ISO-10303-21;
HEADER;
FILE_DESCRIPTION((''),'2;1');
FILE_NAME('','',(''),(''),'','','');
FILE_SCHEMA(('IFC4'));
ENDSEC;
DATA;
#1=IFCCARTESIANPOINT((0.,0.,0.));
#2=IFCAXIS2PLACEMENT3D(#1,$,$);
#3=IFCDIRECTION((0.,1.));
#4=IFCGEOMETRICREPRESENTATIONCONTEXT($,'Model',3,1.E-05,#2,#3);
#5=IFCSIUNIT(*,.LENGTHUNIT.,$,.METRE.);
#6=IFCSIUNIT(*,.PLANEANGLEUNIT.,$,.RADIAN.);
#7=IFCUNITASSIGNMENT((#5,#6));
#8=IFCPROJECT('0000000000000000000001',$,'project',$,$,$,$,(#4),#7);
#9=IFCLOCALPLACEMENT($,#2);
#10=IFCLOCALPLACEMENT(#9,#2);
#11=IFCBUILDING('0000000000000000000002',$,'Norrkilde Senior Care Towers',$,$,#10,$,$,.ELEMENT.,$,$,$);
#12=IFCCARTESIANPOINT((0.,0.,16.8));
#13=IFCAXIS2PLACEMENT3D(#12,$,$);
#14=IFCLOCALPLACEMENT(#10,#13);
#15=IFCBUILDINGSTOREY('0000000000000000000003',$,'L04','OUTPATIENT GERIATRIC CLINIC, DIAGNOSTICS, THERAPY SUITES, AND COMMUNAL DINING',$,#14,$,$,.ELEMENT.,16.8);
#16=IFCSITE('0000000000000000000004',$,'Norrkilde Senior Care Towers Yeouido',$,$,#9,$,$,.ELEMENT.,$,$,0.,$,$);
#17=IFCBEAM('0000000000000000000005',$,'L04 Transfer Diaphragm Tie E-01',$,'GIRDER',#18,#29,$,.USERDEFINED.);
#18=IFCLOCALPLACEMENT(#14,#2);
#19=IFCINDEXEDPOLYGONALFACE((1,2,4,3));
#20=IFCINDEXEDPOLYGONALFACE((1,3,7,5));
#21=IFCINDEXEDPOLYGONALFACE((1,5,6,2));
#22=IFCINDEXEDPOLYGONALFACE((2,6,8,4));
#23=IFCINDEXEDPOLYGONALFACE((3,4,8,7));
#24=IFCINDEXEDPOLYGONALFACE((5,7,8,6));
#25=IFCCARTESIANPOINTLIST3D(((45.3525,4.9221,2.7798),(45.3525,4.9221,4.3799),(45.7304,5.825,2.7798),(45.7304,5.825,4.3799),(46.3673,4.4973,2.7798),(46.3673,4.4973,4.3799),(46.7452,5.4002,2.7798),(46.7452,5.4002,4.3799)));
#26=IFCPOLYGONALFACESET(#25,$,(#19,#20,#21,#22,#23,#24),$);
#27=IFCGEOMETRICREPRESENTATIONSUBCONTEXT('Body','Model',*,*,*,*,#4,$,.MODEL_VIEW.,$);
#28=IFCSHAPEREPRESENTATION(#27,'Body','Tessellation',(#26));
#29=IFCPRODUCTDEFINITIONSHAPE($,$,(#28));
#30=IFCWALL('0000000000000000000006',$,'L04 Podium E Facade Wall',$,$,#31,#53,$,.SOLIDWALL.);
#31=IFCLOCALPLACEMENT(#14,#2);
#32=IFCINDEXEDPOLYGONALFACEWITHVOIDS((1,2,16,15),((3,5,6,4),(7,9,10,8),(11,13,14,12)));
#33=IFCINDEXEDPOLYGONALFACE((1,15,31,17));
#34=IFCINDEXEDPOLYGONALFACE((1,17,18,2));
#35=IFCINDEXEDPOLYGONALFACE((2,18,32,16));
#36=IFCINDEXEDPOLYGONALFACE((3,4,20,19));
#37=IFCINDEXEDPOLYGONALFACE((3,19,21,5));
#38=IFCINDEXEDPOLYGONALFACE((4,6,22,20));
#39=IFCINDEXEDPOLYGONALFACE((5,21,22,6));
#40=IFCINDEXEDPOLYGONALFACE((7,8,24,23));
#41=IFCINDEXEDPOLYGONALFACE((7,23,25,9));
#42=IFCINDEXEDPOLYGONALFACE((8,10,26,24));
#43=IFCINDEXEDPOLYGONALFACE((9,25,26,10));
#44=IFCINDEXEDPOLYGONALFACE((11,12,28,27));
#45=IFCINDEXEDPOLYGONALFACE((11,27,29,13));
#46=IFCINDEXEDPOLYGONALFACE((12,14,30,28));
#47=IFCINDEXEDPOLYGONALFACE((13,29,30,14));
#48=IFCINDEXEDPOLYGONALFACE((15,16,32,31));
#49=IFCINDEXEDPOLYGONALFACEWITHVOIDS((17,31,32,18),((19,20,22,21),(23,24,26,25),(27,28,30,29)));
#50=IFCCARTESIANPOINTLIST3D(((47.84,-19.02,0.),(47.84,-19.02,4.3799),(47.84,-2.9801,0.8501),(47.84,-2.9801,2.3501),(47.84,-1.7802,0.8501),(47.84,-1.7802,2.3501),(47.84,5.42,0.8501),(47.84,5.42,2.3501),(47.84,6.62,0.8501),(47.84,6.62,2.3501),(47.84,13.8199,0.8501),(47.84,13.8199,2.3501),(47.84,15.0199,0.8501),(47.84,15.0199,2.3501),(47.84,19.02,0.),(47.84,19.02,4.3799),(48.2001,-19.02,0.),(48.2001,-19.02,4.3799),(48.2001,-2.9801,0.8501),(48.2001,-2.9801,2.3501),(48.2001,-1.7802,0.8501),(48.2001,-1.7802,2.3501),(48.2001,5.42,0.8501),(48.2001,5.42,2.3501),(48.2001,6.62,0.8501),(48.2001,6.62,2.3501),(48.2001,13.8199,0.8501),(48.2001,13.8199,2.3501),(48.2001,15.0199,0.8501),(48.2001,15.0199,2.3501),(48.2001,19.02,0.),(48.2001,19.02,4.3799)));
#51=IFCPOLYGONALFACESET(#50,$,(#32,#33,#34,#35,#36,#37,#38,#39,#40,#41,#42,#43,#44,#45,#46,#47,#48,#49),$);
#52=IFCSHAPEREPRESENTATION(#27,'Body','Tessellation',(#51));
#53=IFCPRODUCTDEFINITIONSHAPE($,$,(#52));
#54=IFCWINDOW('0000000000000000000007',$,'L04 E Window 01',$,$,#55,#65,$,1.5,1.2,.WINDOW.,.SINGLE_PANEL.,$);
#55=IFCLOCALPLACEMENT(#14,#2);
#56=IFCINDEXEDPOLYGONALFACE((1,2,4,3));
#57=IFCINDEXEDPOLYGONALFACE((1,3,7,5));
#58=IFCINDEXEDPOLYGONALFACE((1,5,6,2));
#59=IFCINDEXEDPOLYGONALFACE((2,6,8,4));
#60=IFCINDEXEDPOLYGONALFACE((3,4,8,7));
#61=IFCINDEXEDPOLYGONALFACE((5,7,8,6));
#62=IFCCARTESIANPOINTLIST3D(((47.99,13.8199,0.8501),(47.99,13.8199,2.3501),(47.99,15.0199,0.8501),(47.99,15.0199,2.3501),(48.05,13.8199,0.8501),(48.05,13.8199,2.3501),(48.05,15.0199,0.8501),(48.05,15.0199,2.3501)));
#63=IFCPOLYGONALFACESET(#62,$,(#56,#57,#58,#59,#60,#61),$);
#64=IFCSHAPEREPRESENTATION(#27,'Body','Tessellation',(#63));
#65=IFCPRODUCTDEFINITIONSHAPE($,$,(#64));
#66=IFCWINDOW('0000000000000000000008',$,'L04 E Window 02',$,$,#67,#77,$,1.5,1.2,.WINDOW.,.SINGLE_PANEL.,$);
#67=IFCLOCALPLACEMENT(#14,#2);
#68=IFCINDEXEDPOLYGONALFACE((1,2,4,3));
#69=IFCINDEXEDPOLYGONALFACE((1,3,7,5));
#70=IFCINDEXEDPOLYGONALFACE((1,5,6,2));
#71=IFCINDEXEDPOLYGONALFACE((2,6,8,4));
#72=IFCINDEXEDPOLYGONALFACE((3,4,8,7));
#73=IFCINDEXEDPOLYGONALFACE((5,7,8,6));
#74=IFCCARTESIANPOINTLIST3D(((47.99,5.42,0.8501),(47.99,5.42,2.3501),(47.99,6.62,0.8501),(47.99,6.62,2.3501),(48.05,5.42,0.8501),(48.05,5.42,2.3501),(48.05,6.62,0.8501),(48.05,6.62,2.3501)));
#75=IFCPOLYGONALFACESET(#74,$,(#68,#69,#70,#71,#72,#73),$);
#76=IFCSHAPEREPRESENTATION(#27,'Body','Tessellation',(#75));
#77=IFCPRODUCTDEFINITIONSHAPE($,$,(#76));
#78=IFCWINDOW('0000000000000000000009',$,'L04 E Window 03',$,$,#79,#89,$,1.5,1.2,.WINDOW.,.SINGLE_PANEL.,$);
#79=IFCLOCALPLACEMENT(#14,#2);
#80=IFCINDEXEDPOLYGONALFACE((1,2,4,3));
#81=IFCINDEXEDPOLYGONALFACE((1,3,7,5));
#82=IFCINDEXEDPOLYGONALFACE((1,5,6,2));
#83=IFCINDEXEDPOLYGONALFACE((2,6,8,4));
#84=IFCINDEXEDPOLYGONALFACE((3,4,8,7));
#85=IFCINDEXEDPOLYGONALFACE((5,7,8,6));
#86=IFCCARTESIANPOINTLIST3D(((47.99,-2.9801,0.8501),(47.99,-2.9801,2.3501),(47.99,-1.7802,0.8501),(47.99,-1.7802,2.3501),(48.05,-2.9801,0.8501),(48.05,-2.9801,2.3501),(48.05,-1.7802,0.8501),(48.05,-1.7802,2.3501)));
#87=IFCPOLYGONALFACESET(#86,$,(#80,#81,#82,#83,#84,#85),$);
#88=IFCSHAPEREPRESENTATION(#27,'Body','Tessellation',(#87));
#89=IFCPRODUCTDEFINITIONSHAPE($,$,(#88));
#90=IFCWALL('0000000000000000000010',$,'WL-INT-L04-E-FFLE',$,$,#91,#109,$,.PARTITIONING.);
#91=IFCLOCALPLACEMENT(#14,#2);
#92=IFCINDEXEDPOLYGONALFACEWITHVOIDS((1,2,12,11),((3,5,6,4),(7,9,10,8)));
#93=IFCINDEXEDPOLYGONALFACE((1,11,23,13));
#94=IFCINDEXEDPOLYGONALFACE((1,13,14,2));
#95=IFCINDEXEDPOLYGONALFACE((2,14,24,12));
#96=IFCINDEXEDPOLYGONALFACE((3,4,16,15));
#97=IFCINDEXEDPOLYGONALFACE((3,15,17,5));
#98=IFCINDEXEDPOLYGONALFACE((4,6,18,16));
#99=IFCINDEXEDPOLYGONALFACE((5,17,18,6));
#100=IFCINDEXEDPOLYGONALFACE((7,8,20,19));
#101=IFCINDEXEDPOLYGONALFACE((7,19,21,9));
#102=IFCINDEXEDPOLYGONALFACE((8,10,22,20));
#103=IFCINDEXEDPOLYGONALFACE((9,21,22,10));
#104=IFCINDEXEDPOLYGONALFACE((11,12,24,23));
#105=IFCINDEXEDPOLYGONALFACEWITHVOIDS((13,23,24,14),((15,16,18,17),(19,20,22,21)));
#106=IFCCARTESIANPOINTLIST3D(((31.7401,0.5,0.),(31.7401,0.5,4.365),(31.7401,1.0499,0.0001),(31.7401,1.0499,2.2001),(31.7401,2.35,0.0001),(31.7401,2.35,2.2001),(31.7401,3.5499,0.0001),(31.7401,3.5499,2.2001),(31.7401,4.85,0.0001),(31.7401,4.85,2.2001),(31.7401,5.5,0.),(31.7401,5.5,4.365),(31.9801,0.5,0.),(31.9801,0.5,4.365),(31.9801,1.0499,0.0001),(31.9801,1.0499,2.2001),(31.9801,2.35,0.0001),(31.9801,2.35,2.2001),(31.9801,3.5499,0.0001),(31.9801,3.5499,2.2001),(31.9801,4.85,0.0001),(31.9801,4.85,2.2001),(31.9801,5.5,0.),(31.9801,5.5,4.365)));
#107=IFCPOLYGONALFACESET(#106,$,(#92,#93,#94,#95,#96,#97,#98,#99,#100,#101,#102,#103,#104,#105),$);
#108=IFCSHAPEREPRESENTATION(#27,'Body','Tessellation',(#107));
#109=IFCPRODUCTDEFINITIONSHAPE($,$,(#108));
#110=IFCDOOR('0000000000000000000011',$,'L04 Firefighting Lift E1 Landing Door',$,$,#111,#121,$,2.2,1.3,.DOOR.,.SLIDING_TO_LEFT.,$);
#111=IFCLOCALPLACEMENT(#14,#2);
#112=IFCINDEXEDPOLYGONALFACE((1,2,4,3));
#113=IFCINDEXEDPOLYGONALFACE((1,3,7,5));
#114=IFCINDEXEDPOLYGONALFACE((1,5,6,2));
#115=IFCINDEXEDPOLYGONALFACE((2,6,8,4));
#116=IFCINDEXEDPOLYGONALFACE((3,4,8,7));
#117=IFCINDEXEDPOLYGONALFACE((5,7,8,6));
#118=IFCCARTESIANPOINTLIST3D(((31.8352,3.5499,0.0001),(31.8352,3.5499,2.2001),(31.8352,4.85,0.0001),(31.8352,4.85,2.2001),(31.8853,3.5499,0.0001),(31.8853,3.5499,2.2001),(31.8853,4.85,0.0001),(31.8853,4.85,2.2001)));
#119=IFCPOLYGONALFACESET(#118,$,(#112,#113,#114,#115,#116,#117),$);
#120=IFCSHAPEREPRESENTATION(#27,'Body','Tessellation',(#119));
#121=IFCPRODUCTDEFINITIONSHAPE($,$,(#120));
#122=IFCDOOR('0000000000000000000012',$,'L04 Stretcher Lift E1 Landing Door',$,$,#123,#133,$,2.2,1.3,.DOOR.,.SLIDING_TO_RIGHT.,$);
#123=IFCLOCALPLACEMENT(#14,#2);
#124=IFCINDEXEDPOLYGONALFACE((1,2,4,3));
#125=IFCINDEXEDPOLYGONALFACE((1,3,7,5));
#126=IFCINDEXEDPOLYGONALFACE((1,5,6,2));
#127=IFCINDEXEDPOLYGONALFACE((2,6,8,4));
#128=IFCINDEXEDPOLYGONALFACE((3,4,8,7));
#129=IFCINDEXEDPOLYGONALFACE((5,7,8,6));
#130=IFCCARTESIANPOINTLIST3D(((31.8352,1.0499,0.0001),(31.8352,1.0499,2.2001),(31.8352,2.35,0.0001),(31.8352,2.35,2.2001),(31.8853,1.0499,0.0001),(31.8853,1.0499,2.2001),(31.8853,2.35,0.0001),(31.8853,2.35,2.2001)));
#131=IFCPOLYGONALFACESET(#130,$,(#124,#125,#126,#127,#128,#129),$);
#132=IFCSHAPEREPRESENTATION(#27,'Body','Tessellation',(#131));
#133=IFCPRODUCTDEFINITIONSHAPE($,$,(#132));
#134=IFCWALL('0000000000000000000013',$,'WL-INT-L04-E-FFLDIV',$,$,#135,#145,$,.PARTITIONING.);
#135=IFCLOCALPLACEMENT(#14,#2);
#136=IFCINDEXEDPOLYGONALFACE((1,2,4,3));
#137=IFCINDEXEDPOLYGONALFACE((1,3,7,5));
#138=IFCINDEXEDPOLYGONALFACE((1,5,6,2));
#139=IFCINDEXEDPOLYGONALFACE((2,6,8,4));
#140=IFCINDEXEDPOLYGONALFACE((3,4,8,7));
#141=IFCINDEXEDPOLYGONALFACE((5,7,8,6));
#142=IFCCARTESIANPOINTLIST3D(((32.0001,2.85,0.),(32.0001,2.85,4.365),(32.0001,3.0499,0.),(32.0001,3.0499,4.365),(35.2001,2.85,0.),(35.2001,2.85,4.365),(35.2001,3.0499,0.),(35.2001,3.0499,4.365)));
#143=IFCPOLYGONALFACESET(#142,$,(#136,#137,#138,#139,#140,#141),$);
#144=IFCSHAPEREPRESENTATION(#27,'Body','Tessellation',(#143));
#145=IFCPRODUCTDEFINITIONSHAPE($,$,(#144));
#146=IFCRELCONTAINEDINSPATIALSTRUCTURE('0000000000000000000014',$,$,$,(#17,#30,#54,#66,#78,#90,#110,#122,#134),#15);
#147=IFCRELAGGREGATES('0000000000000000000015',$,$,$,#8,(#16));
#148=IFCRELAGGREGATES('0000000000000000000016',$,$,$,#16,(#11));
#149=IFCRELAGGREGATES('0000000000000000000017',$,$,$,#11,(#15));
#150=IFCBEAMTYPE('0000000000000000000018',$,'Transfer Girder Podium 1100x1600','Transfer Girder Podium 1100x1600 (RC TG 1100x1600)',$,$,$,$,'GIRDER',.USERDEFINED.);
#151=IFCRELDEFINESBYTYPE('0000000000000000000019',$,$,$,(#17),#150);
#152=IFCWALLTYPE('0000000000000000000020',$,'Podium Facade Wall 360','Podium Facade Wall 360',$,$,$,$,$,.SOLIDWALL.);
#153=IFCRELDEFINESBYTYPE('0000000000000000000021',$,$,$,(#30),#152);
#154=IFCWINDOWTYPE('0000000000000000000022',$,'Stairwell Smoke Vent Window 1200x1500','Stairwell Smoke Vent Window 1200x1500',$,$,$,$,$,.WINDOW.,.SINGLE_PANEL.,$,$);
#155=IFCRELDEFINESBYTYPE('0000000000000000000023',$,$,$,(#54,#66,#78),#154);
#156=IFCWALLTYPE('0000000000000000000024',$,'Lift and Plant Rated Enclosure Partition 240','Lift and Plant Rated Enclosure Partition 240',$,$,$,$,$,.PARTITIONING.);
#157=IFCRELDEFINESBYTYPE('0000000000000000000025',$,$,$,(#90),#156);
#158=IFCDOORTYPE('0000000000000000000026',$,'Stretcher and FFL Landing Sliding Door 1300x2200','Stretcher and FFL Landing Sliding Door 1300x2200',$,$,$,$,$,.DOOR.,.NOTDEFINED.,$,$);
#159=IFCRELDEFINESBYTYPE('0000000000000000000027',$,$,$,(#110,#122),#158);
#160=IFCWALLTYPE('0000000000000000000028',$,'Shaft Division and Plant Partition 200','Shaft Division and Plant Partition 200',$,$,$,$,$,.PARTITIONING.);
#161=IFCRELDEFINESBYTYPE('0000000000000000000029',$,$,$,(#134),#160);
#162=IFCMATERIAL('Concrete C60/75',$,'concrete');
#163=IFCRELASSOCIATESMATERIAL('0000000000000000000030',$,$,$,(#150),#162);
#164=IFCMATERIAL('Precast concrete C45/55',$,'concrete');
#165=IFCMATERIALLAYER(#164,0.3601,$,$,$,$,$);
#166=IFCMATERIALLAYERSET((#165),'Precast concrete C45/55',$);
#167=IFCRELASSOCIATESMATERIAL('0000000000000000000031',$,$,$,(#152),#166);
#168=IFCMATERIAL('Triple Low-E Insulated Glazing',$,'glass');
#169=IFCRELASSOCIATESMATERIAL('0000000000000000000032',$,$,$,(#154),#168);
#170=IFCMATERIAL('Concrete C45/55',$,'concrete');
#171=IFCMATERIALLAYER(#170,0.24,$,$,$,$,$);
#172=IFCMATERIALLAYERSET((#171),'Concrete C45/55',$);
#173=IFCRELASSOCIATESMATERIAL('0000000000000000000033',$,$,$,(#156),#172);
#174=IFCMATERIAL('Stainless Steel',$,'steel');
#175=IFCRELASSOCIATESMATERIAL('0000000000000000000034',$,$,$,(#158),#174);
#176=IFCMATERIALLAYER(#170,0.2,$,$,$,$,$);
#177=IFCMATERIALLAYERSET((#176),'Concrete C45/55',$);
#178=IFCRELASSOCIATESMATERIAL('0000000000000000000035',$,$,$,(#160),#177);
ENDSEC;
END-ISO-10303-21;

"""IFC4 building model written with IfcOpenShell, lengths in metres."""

from ifc_helpers import new_model, si_unit, direction, frame, frame_2d, origin, origin_2d, place, context, subcontext, project, spatial, rectangle, extrude, source, transform, mapped, material, layer, layer_set, material_profile, profile_set, type_object, type_shapes, element, fill, save


model = new_model("IFC4")

# Units and contexts
model_context = context("Model", 3, precision=1e-05, world=origin(), true_north=direction((0.0, 1.0)))
body_context = subcontext(model_context, "Body", "Model", "MODEL_VIEW")
ifc_project = project(units=[si_unit("LENGTHUNIT", "METRE"), si_unit("PLANEANGLEUNIT", "RADIAN")], contexts=[model_context])

# Site, building, storey
site_placement = place(None, origin())
site = spatial("IfcSite", under=ifc_project, at=site_placement, Name="Norrkilde Senior Care Towers Yeouido", CompositionType="ELEMENT", RefElevation=0.0)
building_placement = place(site_placement, origin())
building = spatial("IfcBuilding", under=site, at=building_placement, Name="Norrkilde Senior Care Towers", CompositionType="ELEMENT")
storey_placement = place(building_placement, frame((0.0, 0.0, 16.8)))
storey = spatial("IfcBuildingStorey", under=building, at=storey_placement, Name="L04", Description="OUTPATIENT GERIATRIC CLINIC, DIAGNOSTICS, THERAPY SUITES, AND COMMUNAL DINING", CompositionType="ELEMENT", Elevation=16.8)

# Shared definitions
ifc_material_1 = material(Name="Concrete C60/75", Category="concrete")

# Beam
ifc_material_profile_1 = material_profile(ifc_material_1, rectangle(XDim=1.1001, YDim=1.6001, at=origin_2d()), Name="RC TG 1100x1600")
ifc_profile_set_1 = profile_set([ifc_material_profile_1], Name="Concrete C60/75")
beam_type = type_object("IfcBeamType", Name="Transfer Girder Podium 1100x1600", Description="Transfer Girder Podium 1100x1600 (RC TG 1100x1600)", ElementType="GIRDER", PredefinedType="USERDEFINED", material=ifc_profile_set_1)
shared_shape_1 = source(origin(), body_context, "Body", "SweptSolid", [
    extrude(rectangle(XDim=1.1001, YDim=1.6001, at=origin_2d()), origin(), (0.0, 0.0, 1.0), 0.9788),
])
beam_1_placement = place(storey_placement, frame((45.8599, 4.7097, 3.5798), z_axis=(0.386138, 0.922441, 0.0), x_axis=(-0.922441, 0.386138, 0.0)))
element("IfcBeam", 1, at=beam_1_placement, inside=storey, type_object=beam_type, Name="L04 Transfer Diaphragm Tie E-01", ObjectType="GIRDER", PredefinedType="USERDEFINED", context=body_context, shape_type="MappedRepresentation", body=[
    mapped(shared_shape_1, transform((0.0, 0.0, 0.0), x_axis=(1.0, 0.0, 0.0), y_axis=(0.0, 1.0, 0.0), z_axis=(0.0, 0.0, 1.0), scale=1.0)),
])

# Wall, openings, windows
ifc_material_2 = material(Name="Precast concrete C45/55", Category="concrete")
ifc_layer_1 = layer(ifc_material_2, 0.3601)
ifc_layer_set_1 = layer_set([ifc_layer_1], Name="Precast concrete C45/55")
wall_type_1 = type_object("IfcWallType", Name="Podium Facade Wall 360", Description="Podium Facade Wall 360", PredefinedType="SOLIDWALL", material=ifc_layer_set_1)
shared_shape_2 = source(origin(), body_context, "Body", "SweptSolid", [
    extrude(rectangle(XDim=38.04, YDim=0.3601, at=frame_2d((19.02, 0.0))), origin(), (0.0, 0.0, 1.0), 4.3799),
])
type_shapes(wall_type_1, [shared_shape_2])
wall_1_placement = place(storey_placement, frame((48.02, 19.02, 0.0), z_axis=(0.0, 0.0, 1.0), x_axis=(0.0, -1.0, 0.0)))
wall_1 = element("IfcWall", 2, at=wall_1_placement, inside=storey, type_object=wall_type_1, Name="L04 Podium E Facade Wall", PredefinedType="SOLIDWALL", context=body_context, shape_type="MappedRepresentation", body=[
    mapped(shared_shape_2, transform((0.0, 0.0, 0.0), x_axis=(1.0, 0.0, 0.0), y_axis=(0.0, 1.0, 0.0), z_axis=(0.0, 0.0, 1.0), scale=1.0)),
])
opening_1_placement = place(wall_1_placement, frame((4.0, 0.0, 0.8501)))
opening_1 = element("IfcOpeningElement", 3, at=opening_1_placement, cuts=wall_1, PredefinedType="OPENING", context=body_context, shape_type="SweptSolid", body=[
    extrude(rectangle(XDim=1.2, YDim=1.5, at=frame_2d((0.6001, 0.75))), frame((0.0, 0.1899, 0.0), z_axis=(0.0, -1.0, 0.0), x_axis=(1.0, 0.0, 0.0)), (0.0, 0.0, 1.0), 0.3801),
])
opening_2_placement = place(wall_1_placement, frame((12.3999, 0.0, 0.8501)))
opening_2 = element("IfcOpeningElement", 4, at=opening_2_placement, cuts=wall_1, PredefinedType="OPENING", context=body_context, shape_type="SweptSolid", body=[
    extrude(rectangle(XDim=1.2, YDim=1.5, at=frame_2d((0.6001, 0.75))), frame((0.0, 0.1899, 0.0), z_axis=(0.0, -1.0, 0.0), x_axis=(1.0, 0.0, 0.0)), (0.0, 0.0, 1.0), 0.3801),
])
opening_3_placement = place(wall_1_placement, frame((20.8, 0.0, 0.8501)))
opening_3 = element("IfcOpeningElement", 5, at=opening_3_placement, cuts=wall_1, PredefinedType="OPENING", context=body_context, shape_type="SweptSolid", body=[
    extrude(rectangle(XDim=1.2, YDim=1.5, at=frame_2d((0.6001, 0.75))), frame((0.0, 0.1899, 0.0), z_axis=(0.0, -1.0, 0.0), x_axis=(1.0, 0.0, 0.0)), (0.0, 0.0, 1.0), 0.3801),
])
ifc_material_3 = material(Name="Triple Low-E Insulated Glazing", Category="glass")
window_type = type_object("IfcWindowType", Name="Stairwell Smoke Vent Window 1200x1500", Description="Stairwell Smoke Vent Window 1200x1500", PartitioningType="SINGLE_PANEL", PredefinedType="WINDOW", material=ifc_material_3)
shared_shape_3 = source(origin(), body_context, "Body", "SweptSolid", [
    extrude(rectangle(XDim=1.2, YDim=1.5, at=frame_2d((0.6001, 0.75))), frame((0.0, 0.03, 0.0), z_axis=(0.0, -1.0, 0.0), x_axis=(1.0, 0.0, 0.0)), (0.0, 0.0, 1.0), 0.0601),
])
type_shapes(window_type, [shared_shape_3])
window_1_placement = place(opening_1_placement, origin())
window_1 = element("IfcWindow", 6, at=window_1_placement, inside=storey, type_object=window_type, Name="L04 E Window 01", OverallHeight=1.5, OverallWidth=1.2, PartitioningType="SINGLE_PANEL", PredefinedType="WINDOW", context=body_context, shape_type="MappedRepresentation", body=[
    mapped(shared_shape_3, transform((0.0, 0.0, 0.0), x_axis=(1.0, 0.0, 0.0), y_axis=(0.0, 1.0, 0.0), z_axis=(0.0, 0.0, 1.0), scale=1.0)),
])
fill(opening_1, window_1)
window_2_placement = place(opening_2_placement, origin())
window_2 = element("IfcWindow", 7, at=window_2_placement, inside=storey, type_object=window_type, Name="L04 E Window 02", OverallHeight=1.5, OverallWidth=1.2, PartitioningType="SINGLE_PANEL", PredefinedType="WINDOW", context=body_context, shape_type="MappedRepresentation", body=[
    mapped(shared_shape_3, transform((0.0, 0.0, 0.0), x_axis=(1.0, 0.0, 0.0), y_axis=(0.0, 1.0, 0.0), z_axis=(0.0, 0.0, 1.0), scale=1.0)),
])
fill(opening_2, window_2)
window_3_placement = place(opening_3_placement, origin())
window_3 = element("IfcWindow", 8, at=window_3_placement, inside=storey, type_object=window_type, Name="L04 E Window 03", OverallHeight=1.5, OverallWidth=1.2, PartitioningType="SINGLE_PANEL", PredefinedType="WINDOW", context=body_context, shape_type="MappedRepresentation", body=[
    mapped(shared_shape_3, transform((0.0, 0.0, 0.0), x_axis=(1.0, 0.0, 0.0), y_axis=(0.0, 1.0, 0.0), z_axis=(0.0, 0.0, 1.0), scale=1.0)),
])
fill(opening_3, window_3)

# Wall, openings, doors
ifc_material_4 = material(Name="Concrete C45/55", Category="concrete")
ifc_layer_2 = layer(ifc_material_4, 0.24)
ifc_layer_set_2 = layer_set([ifc_layer_2], Name="Concrete C45/55")
wall_type_2 = type_object("IfcWallType", Name="Lift and Plant Rated Enclosure Partition 240", Description="Lift and Plant Rated Enclosure Partition 240", PredefinedType="PARTITIONING", material=ifc_layer_set_2)
shared_shape_4 = source(origin(), body_context, "Body", "SweptSolid", [
    extrude(rectangle(XDim=5.0, YDim=0.24, at=frame_2d((2.5, 0.0))), origin(), (0.0, 0.0, 1.0), 4.365),
])
type_shapes(wall_type_2, [shared_shape_4])
wall_2_placement = place(storey_placement, frame((31.8601, 0.5, 0.0), z_axis=(0.0, 0.0, 1.0), x_axis=(0.0, 1.0, 0.0)))
wall_2 = element("IfcWall", 9, at=wall_2_placement, inside=storey, type_object=wall_type_2, Name="WL-INT-L04-E-FFLE", PredefinedType="PARTITIONING", context=body_context, shape_type="MappedRepresentation", body=[
    mapped(shared_shape_4, transform((0.0, 0.0, 0.0), x_axis=(1.0, 0.0, 0.0), y_axis=(0.0, 1.0, 0.0), z_axis=(0.0, 0.0, 1.0), scale=1.0)),
])
opening_4_placement = place(wall_2_placement, frame((3.05, 0.0, 0.0)))
opening_4 = element("IfcOpeningElement", 10, at=opening_4_placement, cuts=wall_2, PredefinedType="OPENING", context=body_context, shape_type="SweptSolid", body=[
    extrude(rectangle(XDim=1.3, YDim=2.2, at=frame_2d((0.6499, 1.1001))), frame((0.0, 0.1299, 0.0), z_axis=(0.0, -1.0, 0.0), x_axis=(1.0, 0.0, 0.0)), (0.0, 0.0, 1.0), 0.26),
])
opening_5_placement = place(wall_2_placement, frame((0.55, 0.0, 0.0)))
opening_5 = element("IfcOpeningElement", 11, at=opening_5_placement, cuts=wall_2, PredefinedType="OPENING", context=body_context, shape_type="SweptSolid", body=[
    extrude(rectangle(XDim=1.3, YDim=2.2, at=frame_2d((0.6499, 1.1001))), frame((0.0, 0.1299, 0.0), z_axis=(0.0, -1.0, 0.0), x_axis=(1.0, 0.0, 0.0)), (0.0, 0.0, 1.0), 0.26),
])
ifc_material_5 = material(Name="Stainless Steel", Category="steel")
door_type_1 = type_object("IfcDoorType", Name="Stretcher and FFL Landing Sliding Door 1300x2200", Description="Stretcher and FFL Landing Sliding Door 1300x2200", OperationType="NOTDEFINED", PredefinedType="DOOR", material=ifc_material_5)
shared_shape_5 = source(origin(), body_context, "Body", "SweptSolid", [
    extrude(rectangle(XDim=1.3, YDim=2.2, at=frame_2d((0.6499, 1.1001))), frame((0.0, 0.0249, 0.0), z_axis=(0.0, -1.0, 0.0), x_axis=(1.0, 0.0, 0.0)), (0.0, 0.0, 1.0), 0.05),
])
type_shapes(door_type_1, [shared_shape_5])
door_1_placement = place(opening_4_placement, origin())
door_1 = element("IfcDoor", 12, at=door_1_placement, inside=storey, type_object=door_type_1, Name="L04 Firefighting Lift E1 Landing Door", OperationType="SLIDING_TO_LEFT", OverallHeight=2.2, OverallWidth=1.3, PredefinedType="DOOR", context=body_context, shape_type="MappedRepresentation", body=[
    mapped(shared_shape_5, transform((0.0, 0.0, 0.0), x_axis=(1.0, 0.0, 0.0), y_axis=(0.0, 1.0, 0.0), z_axis=(0.0, 0.0, 1.0), scale=1.0)),
])
fill(opening_4, door_1)
door_2_placement = place(opening_5_placement, origin())
door_2 = element("IfcDoor", 13, at=door_2_placement, inside=storey, type_object=door_type_1, Name="L04 Stretcher Lift E1 Landing Door", OperationType="SLIDING_TO_RIGHT", OverallHeight=2.2, OverallWidth=1.3, PredefinedType="DOOR", context=body_context, shape_type="MappedRepresentation", body=[
    mapped(shared_shape_5, transform((0.0, 0.0, 0.0), x_axis=(1.0, 0.0, 0.0), y_axis=(0.0, 1.0, 0.0), z_axis=(0.0, 0.0, 1.0), scale=1.0)),
])
fill(opening_5, door_2)

# Wall
ifc_layer_3 = layer(ifc_material_4, 0.2)
ifc_layer_set_3 = layer_set([ifc_layer_3], Name="Concrete C45/55")
wall_type_3 = type_object("IfcWallType", Name="Shaft Division and Plant Partition 200", Description="Shaft Division and Plant Partition 200", PredefinedType="PARTITIONING", material=ifc_layer_set_3)
shared_shape_6 = source(origin(), body_context, "Body", "SweptSolid", [
    extrude(rectangle(XDim=3.2, YDim=0.2, at=frame_2d((1.6001, 0.0))), origin(), (0.0, 0.0, 1.0), 4.365),
])
type_shapes(wall_type_3, [shared_shape_6])
wall_3_placement = place(storey_placement, frame((32.0, 2.95, 0.0), z_axis=(0.0, 0.0, 1.0), x_axis=(1.0, 0.0, 0.0)))
element("IfcWall", 14, at=wall_3_placement, inside=storey, type_object=wall_type_3, Name="WL-INT-L04-E-FFLDIV", PredefinedType="PARTITIONING", context=body_context, shape_type="MappedRepresentation", body=[
    mapped(shared_shape_6, transform((0.0, 0.0, 0.0), x_axis=(1.0, 0.0, 0.0), y_axis=(0.0, 1.0, 0.0), z_axis=(0.0, 0.0, 1.0), scale=1.0)),
])

save(model, "model.ifc")
